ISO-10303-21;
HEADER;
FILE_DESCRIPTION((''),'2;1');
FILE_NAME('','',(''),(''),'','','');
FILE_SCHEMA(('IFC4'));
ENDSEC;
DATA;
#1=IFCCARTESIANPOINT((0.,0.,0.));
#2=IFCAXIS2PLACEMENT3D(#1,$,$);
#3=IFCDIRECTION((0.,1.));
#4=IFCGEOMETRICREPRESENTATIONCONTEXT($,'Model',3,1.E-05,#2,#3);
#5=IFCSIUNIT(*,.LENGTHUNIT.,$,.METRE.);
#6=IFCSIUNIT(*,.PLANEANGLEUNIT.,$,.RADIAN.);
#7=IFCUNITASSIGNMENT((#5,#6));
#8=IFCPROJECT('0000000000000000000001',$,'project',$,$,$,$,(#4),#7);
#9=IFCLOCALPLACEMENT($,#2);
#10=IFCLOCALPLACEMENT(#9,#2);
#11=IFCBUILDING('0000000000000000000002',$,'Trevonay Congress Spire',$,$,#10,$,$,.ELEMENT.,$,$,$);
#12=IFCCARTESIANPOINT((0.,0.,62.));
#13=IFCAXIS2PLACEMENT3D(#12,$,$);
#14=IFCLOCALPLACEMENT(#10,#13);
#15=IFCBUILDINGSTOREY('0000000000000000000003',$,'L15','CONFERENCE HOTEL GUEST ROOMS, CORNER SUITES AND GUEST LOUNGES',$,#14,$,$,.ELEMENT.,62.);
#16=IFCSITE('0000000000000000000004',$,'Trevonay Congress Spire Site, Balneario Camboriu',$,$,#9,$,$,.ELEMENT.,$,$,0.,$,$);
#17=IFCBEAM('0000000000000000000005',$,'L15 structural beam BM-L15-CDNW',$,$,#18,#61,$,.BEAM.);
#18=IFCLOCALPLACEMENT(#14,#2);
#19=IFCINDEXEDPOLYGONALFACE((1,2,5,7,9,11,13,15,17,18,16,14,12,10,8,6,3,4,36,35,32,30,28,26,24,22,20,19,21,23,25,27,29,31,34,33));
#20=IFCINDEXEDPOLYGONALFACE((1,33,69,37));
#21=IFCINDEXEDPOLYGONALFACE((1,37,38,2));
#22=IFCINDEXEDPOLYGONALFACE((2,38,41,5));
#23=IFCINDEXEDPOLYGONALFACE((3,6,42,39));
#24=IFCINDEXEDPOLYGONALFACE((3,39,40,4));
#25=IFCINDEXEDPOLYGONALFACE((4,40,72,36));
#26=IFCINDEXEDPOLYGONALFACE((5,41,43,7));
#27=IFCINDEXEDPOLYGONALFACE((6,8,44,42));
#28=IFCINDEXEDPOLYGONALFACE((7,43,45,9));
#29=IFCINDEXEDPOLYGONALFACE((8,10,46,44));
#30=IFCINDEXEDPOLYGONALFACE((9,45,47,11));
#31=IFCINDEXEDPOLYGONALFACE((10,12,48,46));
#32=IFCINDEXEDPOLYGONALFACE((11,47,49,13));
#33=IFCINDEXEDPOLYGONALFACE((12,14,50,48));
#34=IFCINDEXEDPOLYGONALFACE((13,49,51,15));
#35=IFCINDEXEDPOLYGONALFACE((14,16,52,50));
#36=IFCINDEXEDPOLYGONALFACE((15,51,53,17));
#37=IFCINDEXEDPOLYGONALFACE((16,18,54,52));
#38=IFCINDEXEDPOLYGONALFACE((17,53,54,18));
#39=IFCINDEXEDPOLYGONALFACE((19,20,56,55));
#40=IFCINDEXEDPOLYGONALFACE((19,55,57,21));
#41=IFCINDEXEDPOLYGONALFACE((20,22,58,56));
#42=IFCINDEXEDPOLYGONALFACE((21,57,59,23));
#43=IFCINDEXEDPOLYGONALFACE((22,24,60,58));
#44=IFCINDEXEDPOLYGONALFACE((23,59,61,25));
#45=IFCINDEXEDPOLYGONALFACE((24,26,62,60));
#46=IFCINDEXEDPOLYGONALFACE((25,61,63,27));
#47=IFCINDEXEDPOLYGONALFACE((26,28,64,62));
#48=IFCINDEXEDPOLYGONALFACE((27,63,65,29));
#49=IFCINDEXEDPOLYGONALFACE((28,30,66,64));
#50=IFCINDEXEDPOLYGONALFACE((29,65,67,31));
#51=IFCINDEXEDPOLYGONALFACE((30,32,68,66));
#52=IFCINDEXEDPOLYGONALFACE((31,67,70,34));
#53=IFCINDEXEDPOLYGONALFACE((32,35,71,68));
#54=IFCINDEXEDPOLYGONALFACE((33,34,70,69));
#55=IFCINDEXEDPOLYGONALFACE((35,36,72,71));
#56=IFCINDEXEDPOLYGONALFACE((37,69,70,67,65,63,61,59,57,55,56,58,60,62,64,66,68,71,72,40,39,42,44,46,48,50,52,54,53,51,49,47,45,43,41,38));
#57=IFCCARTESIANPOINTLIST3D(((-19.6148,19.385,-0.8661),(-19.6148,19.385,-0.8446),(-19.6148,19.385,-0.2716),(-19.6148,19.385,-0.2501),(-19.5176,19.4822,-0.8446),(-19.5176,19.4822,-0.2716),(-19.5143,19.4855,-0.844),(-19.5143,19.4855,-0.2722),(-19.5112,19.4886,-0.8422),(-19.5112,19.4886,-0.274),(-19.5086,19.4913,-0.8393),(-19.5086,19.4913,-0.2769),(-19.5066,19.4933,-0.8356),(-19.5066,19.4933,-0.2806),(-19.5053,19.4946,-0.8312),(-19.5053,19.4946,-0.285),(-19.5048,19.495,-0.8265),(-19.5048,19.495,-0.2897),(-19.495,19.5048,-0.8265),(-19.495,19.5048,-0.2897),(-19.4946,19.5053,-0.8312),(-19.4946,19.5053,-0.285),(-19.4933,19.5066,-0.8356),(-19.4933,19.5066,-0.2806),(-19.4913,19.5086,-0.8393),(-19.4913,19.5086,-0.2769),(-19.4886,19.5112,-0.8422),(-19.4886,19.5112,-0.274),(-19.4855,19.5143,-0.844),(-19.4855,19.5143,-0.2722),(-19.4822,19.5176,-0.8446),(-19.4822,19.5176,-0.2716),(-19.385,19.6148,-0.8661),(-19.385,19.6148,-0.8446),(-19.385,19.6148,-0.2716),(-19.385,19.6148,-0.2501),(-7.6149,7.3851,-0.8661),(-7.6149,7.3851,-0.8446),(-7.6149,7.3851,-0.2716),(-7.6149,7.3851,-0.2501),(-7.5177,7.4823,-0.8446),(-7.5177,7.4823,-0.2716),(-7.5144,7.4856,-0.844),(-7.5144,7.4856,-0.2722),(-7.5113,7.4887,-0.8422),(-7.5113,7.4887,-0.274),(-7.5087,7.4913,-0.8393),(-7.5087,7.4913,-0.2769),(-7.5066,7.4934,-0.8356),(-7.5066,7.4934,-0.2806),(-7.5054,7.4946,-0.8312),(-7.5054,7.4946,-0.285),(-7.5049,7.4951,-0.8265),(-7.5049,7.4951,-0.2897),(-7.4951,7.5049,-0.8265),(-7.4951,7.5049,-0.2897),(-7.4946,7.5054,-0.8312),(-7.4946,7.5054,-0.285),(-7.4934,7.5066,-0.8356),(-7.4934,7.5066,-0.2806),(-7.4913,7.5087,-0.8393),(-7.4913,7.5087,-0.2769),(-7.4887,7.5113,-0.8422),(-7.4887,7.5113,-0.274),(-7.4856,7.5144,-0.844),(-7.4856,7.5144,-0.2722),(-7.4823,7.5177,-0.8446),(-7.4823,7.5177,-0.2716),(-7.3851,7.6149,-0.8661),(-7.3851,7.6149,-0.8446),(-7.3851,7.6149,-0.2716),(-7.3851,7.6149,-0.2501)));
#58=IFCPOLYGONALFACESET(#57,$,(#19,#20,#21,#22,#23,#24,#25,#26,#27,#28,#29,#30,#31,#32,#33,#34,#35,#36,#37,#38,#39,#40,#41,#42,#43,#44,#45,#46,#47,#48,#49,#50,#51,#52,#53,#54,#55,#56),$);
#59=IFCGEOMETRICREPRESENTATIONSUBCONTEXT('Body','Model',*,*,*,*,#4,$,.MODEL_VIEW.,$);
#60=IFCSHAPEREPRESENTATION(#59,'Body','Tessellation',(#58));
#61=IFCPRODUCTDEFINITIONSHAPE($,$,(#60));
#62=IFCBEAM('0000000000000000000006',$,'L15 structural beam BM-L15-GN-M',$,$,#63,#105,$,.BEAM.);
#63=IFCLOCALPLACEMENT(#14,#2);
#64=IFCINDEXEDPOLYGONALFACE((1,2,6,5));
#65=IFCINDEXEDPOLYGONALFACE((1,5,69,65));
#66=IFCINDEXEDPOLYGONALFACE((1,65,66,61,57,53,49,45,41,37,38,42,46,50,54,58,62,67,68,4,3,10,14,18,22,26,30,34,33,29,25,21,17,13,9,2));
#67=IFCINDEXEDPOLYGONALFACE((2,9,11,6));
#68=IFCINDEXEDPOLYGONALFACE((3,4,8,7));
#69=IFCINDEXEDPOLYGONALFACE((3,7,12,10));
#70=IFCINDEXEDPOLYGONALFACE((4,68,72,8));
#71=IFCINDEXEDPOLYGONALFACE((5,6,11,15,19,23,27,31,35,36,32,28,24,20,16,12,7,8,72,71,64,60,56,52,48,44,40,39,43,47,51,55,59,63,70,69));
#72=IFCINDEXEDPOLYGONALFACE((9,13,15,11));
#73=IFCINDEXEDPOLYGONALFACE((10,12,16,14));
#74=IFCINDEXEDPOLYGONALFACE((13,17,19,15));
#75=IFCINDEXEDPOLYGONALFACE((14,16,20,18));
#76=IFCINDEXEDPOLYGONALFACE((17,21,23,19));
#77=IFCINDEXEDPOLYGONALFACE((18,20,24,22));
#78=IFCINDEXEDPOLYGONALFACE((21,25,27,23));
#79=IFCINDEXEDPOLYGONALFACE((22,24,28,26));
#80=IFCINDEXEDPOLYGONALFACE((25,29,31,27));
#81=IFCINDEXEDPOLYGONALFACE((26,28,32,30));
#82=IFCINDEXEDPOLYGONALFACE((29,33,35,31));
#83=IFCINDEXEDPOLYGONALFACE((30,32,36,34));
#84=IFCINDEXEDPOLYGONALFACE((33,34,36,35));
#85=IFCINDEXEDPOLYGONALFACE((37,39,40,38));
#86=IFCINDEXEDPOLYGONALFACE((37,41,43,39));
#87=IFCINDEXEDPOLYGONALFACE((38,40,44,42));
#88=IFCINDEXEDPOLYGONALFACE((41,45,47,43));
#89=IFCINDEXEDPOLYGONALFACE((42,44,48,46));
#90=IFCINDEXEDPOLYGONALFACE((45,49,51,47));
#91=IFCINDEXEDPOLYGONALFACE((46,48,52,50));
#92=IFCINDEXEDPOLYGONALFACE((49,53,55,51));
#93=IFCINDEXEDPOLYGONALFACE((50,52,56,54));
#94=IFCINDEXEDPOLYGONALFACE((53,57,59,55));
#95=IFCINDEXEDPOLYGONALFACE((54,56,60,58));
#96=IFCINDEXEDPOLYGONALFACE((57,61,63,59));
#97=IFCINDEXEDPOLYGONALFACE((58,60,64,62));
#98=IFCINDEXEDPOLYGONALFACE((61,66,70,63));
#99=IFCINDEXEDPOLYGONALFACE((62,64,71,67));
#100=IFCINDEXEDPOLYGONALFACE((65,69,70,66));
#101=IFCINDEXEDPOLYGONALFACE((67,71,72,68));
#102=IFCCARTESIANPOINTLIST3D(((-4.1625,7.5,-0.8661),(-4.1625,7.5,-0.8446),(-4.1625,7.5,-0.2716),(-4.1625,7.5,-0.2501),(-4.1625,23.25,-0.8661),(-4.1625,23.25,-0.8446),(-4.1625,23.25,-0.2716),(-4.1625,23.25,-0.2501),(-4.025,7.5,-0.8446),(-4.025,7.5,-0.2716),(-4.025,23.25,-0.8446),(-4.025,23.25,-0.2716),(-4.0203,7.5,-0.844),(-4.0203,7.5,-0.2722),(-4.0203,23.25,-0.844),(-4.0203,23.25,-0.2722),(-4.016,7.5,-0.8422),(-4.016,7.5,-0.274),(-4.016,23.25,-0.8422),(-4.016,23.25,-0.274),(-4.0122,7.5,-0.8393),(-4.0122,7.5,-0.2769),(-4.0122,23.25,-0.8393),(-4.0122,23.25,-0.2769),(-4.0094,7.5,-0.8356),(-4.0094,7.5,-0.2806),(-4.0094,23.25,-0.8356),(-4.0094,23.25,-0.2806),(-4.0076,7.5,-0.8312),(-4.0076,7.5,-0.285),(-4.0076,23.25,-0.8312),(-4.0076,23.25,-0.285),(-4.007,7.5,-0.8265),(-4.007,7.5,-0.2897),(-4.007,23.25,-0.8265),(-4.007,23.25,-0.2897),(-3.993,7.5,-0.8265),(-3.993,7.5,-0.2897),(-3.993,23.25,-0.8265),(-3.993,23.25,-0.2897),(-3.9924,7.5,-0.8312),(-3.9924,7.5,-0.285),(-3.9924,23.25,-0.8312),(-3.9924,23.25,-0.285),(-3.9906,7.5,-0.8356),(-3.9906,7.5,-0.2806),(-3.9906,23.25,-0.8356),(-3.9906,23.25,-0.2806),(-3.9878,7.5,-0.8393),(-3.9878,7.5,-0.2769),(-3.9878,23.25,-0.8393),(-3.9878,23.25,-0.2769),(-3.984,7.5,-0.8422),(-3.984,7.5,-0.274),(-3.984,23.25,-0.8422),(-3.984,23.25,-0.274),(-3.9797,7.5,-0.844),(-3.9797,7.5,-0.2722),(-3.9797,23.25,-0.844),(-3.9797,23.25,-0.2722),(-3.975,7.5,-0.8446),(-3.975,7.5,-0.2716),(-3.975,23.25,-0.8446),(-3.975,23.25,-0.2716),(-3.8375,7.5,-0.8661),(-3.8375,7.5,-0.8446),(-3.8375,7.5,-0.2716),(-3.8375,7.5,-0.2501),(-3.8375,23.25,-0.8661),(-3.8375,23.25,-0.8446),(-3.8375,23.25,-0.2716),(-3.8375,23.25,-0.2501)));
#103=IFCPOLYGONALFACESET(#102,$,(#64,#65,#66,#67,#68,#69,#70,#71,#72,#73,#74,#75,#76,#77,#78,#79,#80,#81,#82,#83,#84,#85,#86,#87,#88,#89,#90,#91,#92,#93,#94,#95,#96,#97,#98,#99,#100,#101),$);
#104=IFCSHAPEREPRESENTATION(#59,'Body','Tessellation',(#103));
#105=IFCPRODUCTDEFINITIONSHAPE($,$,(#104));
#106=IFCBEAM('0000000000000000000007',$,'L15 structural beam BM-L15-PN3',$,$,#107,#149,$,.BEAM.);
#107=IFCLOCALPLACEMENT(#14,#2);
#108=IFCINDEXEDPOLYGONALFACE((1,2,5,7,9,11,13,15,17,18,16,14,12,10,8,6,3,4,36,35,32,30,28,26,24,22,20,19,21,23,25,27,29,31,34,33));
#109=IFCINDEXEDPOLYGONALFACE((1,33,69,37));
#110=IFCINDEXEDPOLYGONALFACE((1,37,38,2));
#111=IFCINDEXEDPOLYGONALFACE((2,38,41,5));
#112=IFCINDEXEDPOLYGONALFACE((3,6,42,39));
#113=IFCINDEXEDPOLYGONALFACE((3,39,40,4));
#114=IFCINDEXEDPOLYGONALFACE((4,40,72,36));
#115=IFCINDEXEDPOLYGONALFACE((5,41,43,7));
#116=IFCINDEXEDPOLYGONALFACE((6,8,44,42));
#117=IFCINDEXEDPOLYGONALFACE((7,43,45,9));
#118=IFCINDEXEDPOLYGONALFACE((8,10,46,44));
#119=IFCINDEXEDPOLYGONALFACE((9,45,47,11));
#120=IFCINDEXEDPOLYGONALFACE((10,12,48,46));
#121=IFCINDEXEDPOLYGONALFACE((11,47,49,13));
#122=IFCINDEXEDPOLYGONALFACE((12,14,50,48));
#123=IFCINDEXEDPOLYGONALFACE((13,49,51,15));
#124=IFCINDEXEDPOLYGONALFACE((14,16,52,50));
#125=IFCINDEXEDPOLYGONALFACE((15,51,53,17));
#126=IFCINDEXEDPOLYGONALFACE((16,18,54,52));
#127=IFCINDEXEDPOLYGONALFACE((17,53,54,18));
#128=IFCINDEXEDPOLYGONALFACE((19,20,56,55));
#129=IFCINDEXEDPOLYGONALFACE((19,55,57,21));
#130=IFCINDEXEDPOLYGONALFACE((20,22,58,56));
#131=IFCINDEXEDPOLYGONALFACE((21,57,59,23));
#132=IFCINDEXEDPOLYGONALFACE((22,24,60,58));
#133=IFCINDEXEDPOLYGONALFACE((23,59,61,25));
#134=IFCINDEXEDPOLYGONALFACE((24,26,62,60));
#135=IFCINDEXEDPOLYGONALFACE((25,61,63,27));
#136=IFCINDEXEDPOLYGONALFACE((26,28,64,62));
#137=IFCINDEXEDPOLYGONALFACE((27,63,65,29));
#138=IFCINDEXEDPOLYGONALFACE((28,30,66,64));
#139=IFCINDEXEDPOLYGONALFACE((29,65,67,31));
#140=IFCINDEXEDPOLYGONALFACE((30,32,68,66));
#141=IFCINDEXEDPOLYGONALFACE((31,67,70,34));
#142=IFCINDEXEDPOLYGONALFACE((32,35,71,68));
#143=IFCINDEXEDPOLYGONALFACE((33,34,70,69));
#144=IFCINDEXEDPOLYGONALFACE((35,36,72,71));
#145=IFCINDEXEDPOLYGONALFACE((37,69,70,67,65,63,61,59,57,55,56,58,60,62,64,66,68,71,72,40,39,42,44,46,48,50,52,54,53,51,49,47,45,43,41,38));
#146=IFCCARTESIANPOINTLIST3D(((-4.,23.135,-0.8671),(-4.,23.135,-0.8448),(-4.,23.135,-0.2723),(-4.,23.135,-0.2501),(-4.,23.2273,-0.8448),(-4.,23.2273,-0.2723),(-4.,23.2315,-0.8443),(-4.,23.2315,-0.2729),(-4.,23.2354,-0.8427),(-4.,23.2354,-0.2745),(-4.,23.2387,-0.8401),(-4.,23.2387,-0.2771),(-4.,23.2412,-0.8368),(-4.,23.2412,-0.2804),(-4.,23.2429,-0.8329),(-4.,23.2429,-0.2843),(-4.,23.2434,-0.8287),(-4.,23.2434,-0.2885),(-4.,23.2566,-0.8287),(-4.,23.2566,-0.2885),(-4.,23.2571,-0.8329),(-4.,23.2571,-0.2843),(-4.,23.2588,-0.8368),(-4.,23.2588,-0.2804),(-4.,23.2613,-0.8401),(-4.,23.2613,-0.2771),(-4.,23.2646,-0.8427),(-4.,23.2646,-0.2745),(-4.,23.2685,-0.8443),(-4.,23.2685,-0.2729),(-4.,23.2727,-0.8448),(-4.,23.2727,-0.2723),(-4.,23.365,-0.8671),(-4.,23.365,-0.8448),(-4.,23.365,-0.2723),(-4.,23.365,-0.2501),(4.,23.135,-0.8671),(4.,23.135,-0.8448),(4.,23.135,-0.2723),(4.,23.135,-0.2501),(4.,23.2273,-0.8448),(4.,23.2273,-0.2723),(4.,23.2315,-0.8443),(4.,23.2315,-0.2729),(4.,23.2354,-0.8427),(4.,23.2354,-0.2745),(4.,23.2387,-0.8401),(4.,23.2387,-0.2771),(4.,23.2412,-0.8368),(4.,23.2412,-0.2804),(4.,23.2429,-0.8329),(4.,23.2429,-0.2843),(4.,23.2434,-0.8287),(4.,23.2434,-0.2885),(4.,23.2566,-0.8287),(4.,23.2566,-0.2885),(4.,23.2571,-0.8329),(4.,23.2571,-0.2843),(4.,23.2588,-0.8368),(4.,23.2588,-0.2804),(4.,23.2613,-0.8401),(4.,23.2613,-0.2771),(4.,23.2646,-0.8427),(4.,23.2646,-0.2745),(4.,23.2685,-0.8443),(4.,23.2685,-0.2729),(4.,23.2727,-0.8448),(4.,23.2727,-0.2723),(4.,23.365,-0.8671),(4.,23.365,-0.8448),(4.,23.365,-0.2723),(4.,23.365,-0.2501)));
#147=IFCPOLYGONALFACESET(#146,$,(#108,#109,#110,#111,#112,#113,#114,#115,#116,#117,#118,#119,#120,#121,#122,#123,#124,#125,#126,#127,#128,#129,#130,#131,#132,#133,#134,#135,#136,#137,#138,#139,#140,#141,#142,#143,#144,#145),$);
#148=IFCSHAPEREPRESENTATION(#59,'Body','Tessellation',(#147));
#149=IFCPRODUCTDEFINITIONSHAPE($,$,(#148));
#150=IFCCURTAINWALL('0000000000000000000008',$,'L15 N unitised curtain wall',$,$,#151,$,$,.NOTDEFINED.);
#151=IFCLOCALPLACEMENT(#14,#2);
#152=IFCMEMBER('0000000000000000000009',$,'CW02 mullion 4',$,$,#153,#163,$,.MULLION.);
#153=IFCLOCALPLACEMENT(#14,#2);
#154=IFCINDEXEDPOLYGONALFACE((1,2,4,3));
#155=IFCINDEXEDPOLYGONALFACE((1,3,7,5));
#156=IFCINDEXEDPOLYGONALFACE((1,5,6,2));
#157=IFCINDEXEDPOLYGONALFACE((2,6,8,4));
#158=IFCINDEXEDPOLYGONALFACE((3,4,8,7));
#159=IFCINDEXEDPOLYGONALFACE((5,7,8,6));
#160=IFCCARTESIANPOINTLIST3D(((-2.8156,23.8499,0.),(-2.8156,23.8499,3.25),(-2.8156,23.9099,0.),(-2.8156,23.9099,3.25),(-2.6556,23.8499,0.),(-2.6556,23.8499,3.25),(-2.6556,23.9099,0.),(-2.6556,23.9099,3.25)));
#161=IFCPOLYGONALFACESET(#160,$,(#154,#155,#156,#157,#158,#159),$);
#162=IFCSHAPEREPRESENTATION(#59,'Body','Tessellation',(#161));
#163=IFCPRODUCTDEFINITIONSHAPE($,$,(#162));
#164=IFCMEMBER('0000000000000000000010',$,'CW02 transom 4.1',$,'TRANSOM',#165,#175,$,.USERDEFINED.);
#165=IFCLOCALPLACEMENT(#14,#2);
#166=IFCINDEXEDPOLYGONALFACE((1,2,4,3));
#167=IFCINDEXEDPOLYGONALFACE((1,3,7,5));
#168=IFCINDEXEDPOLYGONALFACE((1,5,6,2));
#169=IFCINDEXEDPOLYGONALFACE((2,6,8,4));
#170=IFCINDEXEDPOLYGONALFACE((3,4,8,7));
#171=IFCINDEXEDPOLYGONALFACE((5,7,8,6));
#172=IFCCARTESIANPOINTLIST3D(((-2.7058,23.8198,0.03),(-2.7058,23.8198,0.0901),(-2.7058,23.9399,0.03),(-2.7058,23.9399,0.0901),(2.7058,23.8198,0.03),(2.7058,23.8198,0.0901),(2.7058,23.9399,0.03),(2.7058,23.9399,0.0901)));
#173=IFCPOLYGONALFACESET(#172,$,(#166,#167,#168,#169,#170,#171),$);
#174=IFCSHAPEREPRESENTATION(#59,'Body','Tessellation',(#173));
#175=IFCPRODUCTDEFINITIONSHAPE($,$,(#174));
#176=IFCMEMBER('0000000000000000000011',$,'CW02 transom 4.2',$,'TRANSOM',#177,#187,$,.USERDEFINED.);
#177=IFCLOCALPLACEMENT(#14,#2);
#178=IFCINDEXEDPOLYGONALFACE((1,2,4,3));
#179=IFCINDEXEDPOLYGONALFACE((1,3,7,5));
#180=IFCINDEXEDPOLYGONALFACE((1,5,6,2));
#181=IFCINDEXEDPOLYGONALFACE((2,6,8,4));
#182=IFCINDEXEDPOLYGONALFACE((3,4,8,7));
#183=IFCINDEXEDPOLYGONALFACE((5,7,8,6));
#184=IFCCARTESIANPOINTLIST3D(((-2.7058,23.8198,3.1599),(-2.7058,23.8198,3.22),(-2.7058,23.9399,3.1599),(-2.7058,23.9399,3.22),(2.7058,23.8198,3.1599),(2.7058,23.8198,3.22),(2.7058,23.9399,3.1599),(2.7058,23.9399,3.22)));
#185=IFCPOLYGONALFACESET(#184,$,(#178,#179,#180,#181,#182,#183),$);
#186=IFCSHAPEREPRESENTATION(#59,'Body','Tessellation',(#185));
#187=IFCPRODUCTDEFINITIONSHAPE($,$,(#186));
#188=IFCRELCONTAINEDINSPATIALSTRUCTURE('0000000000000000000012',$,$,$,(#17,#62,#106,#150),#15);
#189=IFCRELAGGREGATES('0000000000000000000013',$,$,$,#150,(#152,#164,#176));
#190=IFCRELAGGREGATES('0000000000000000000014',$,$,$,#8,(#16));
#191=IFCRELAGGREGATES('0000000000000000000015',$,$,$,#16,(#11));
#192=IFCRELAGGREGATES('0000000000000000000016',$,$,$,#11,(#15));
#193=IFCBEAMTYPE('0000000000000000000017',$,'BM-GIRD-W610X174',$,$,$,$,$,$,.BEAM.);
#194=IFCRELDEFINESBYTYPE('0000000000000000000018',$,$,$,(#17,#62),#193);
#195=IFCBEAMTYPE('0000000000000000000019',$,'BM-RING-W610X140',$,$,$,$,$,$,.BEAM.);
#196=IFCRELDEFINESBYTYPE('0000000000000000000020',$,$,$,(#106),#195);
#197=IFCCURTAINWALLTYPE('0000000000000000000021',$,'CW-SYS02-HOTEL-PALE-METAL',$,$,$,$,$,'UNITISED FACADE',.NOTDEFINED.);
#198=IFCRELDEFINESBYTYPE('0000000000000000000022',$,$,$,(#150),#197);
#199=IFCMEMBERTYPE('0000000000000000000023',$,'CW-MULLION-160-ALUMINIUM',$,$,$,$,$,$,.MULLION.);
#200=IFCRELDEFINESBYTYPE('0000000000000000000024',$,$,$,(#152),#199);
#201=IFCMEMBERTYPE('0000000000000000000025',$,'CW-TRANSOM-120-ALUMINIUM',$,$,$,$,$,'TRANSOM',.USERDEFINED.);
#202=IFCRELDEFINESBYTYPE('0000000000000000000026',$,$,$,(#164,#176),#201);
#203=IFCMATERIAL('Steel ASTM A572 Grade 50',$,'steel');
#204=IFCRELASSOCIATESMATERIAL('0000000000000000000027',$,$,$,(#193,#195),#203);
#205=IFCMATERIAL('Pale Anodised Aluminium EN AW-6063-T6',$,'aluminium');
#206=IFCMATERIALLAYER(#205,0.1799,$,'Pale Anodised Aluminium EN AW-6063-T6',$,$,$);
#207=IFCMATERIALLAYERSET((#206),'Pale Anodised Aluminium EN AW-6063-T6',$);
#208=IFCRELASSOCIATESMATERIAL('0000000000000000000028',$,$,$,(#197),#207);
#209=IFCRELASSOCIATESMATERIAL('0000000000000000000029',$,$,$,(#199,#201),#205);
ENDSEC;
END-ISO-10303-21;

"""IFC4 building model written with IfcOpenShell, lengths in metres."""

from ifc_helpers import new_model, si_unit, direction, frame, origin, origin_2d, place, context, subcontext, project, spatial, rectangle, i_section, extrude, material, layer, layer_set, material_profile, profile_set, type_object, element, aggregate, save


model = new_model("IFC4")

# Units and contexts
model_context = context("Model", 3, precision=1e-05, world=origin(), true_north=direction((0.0, 1.0)))
body_context = subcontext(model_context, "Body", "Model", "MODEL_VIEW")
ifc_project = project(units=[si_unit("LENGTHUNIT", "METRE"), si_unit("PLANEANGLEUNIT", "RADIAN")], contexts=[model_context])

# Site, building, storey
site_placement = place(None, origin())
site = spatial("IfcSite", under=ifc_project, at=site_placement, Name="Trevonay Congress Spire Site, Balneario Camboriu", CompositionType="ELEMENT", RefElevation=0.0)
building_placement = place(site_placement, origin())
building = spatial("IfcBuilding", under=site, at=building_placement, Name="Trevonay Congress Spire", CompositionType="ELEMENT")
storey_placement = place(building_placement, frame((0.0, 0.0, 62.0)))
storey = spatial("IfcBuildingStorey", under=building, at=storey_placement, Name="L15", Description="CONFERENCE HOTEL GUEST ROOMS, CORNER SUITES AND GUEST LOUNGES", CompositionType="ELEMENT", Elevation=62.0)

# Shared definitions
ifc_material_1 = material(Name="Steel ASTM A572 Grade 50", Category="steel")

# Beams
ifc_material_profile_1 = material_profile(ifc_material_1, i_section(OverallWidth=0.325, OverallDepth=0.616, WebThickness=0.0139, FlangeThickness=0.0215, FilletRadius=0.0181, at=origin_2d()), Name="W610x174")
ifc_profile_set_1 = profile_set([ifc_material_profile_1], Name="Steel ASTM A572 Grade 50")
beam_type_1 = type_object("IfcBeamType", Name="BM-GIRD-W610X174", PredefinedType="BEAM", material=ifc_profile_set_1)
beam_1_placement = place(storey_placement, frame((-7.5, 7.5, -0.5581), z_axis=(-0.707107, 0.707107, 0.0), x_axis=(-0.707107, -0.707107, 0.0)))
element("IfcBeam", 1, at=beam_1_placement, inside=storey, type_object=beam_type_1, Name="L15 structural beam BM-L15-CDNW", PredefinedType="BEAM", context=body_context, shape_type="SweptSolid", body=[
    extrude(i_section(OverallWidth=0.325, OverallDepth=0.616, WebThickness=0.0139, FlangeThickness=0.0215, FilletRadius=0.0181, at=origin_2d()), origin(), (0.0, 0.0, 1.0), 16.9705),
])
beam_2_placement = place(storey_placement, frame((-4.0, 7.5, -0.5581), z_axis=(0.0, 1.0, 0.0), x_axis=(-1.0, 0.0, 0.0)))
element("IfcBeam", 2, at=beam_2_placement, inside=storey, type_object=beam_type_1, Name="L15 structural beam BM-L15-GN-M", PredefinedType="BEAM", context=body_context, shape_type="SweptSolid", body=[
    extrude(i_section(OverallWidth=0.325, OverallDepth=0.616, WebThickness=0.0139, FlangeThickness=0.0215, FilletRadius=0.0181, at=origin_2d()), origin(), (0.0, 0.0, 1.0), 15.75),
])
ifc_material_profile_2 = material_profile(ifc_material_1, i_section(OverallWidth=0.23, OverallDepth=0.6169, WebThickness=0.0132, FlangeThickness=0.0222, FilletRadius=0.0161, at=origin_2d()), Name="W610x140")
ifc_profile_set_2 = profile_set([ifc_material_profile_2], Name="Steel ASTM A572 Grade 50")
beam_type_2 = type_object("IfcBeamType", Name="BM-RING-W610X140", PredefinedType="BEAM", material=ifc_profile_set_2)
beam_3_placement = place(storey_placement, frame((-4.0, 23.25, -0.5586), z_axis=(1.0, 0.0, 0.0), x_axis=(0.0, 1.0, 0.0)))
element("IfcBeam", 3, at=beam_3_placement, inside=storey, type_object=beam_type_2, Name="L15 structural beam BM-L15-PN3", PredefinedType="BEAM", context=body_context, shape_type="SweptSolid", body=[
    extrude(i_section(OverallWidth=0.23, OverallDepth=0.6169, WebThickness=0.0132, FlangeThickness=0.0222, FilletRadius=0.0161, at=origin_2d()), origin(), (0.0, 0.0, 1.0), 8.0),
])

# Curtain wall, members
ifc_material_2 = material(Name="Pale Anodised Aluminium EN AW-6063-T6", Category="aluminium")
ifc_layer_1 = layer(ifc_material_2, 0.1799, Name="Pale Anodised Aluminium EN AW-6063-T6")
ifc_layer_set_1 = layer_set([ifc_layer_1], Name="Pale Anodised Aluminium EN AW-6063-T6")
curtain_wall_type = type_object("IfcCurtainWallType", Name="CW-SYS02-HOTEL-PALE-METAL", ElementType="UNITISED FACADE", PredefinedType="NOTDEFINED", material=ifc_layer_set_1)
curtain_wall_placement = place(storey_placement, origin())
curtain_wall = element("IfcCurtainWall", 4, at=curtain_wall_placement, inside=storey, type_object=curtain_wall_type, Name="L15 N unitised curtain wall", PredefinedType="NOTDEFINED")
ifc_material_profile_3 = material_profile(ifc_material_2, rectangle(XDim=0.0601, YDim=0.1599, at=origin_2d()), Name="CW-MULLION-160-ALUMINIUM")
ifc_profile_set_3 = profile_set([ifc_material_profile_3], Name="Pale Anodised Aluminium EN AW-6063-T6")
member_type_1 = type_object("IfcMemberType", Name="CW-MULLION-160-ALUMINIUM", PredefinedType="MULLION", material=ifc_profile_set_3)
member_1_placement = place(storey_placement, frame((-2.7356, 23.8799, 0.0), z_axis=(0.0, 0.0, 1.0), x_axis=(0.0, 1.0, 0.0)))
member_1 = element("IfcMember", 5, at=member_1_placement, type_object=member_type_1, Name="CW02 mullion 4", PredefinedType="MULLION", context=body_context, shape_type="SweptSolid", body=[
    extrude(rectangle(XDim=0.0601, YDim=0.1599, at=origin_2d()), origin(), (0.0, 0.0, 1.0), 3.25),
])
ifc_material_profile_4 = material_profile(ifc_material_2, rectangle(XDim=0.1201, YDim=0.0601, at=origin_2d()), Name="CW-TRANSOM-120-ALUMINIUM")
ifc_profile_set_4 = profile_set([ifc_material_profile_4], Name="Pale Anodised Aluminium EN AW-6063-T6")
member_type_2 = type_object("IfcMemberType", Name="CW-TRANSOM-120-ALUMINIUM", ElementType="TRANSOM", PredefinedType="USERDEFINED", material=ifc_profile_set_4)
member_2_placement = place(storey_placement, frame((-2.7058, 23.8799, 0.0601), z_axis=(1.0, 0.0, 0.0), x_axis=(0.0, 1.0, 0.0)))
member_2 = element("IfcMember", 6, at=member_2_placement, type_object=member_type_2, Name="CW02 transom 4.1", ObjectType="TRANSOM", PredefinedType="USERDEFINED", context=body_context, shape_type="SweptSolid", body=[
    extrude(rectangle(XDim=0.1201, YDim=0.0601, at=origin_2d()), origin(), (0.0, 0.0, 1.0), 5.4116),
])
member_3_placement = place(storey_placement, frame((-2.7058, 23.8799, 3.1899), z_axis=(1.0, 0.0, 0.0), x_axis=(0.0, 1.0, 0.0)))
member_3 = element("IfcMember", 7, at=member_3_placement, type_object=member_type_2, Name="CW02 transom 4.2", ObjectType="TRANSOM", PredefinedType="USERDEFINED", context=body_context, shape_type="SweptSolid", body=[
    extrude(rectangle(XDim=0.1201, YDim=0.0601, at=origin_2d()), origin(), (0.0, 0.0, 1.0), 5.4116),
])
aggregate(curtain_wall, [member_1, member_2, member_3])

save(model, "model.ifc")
